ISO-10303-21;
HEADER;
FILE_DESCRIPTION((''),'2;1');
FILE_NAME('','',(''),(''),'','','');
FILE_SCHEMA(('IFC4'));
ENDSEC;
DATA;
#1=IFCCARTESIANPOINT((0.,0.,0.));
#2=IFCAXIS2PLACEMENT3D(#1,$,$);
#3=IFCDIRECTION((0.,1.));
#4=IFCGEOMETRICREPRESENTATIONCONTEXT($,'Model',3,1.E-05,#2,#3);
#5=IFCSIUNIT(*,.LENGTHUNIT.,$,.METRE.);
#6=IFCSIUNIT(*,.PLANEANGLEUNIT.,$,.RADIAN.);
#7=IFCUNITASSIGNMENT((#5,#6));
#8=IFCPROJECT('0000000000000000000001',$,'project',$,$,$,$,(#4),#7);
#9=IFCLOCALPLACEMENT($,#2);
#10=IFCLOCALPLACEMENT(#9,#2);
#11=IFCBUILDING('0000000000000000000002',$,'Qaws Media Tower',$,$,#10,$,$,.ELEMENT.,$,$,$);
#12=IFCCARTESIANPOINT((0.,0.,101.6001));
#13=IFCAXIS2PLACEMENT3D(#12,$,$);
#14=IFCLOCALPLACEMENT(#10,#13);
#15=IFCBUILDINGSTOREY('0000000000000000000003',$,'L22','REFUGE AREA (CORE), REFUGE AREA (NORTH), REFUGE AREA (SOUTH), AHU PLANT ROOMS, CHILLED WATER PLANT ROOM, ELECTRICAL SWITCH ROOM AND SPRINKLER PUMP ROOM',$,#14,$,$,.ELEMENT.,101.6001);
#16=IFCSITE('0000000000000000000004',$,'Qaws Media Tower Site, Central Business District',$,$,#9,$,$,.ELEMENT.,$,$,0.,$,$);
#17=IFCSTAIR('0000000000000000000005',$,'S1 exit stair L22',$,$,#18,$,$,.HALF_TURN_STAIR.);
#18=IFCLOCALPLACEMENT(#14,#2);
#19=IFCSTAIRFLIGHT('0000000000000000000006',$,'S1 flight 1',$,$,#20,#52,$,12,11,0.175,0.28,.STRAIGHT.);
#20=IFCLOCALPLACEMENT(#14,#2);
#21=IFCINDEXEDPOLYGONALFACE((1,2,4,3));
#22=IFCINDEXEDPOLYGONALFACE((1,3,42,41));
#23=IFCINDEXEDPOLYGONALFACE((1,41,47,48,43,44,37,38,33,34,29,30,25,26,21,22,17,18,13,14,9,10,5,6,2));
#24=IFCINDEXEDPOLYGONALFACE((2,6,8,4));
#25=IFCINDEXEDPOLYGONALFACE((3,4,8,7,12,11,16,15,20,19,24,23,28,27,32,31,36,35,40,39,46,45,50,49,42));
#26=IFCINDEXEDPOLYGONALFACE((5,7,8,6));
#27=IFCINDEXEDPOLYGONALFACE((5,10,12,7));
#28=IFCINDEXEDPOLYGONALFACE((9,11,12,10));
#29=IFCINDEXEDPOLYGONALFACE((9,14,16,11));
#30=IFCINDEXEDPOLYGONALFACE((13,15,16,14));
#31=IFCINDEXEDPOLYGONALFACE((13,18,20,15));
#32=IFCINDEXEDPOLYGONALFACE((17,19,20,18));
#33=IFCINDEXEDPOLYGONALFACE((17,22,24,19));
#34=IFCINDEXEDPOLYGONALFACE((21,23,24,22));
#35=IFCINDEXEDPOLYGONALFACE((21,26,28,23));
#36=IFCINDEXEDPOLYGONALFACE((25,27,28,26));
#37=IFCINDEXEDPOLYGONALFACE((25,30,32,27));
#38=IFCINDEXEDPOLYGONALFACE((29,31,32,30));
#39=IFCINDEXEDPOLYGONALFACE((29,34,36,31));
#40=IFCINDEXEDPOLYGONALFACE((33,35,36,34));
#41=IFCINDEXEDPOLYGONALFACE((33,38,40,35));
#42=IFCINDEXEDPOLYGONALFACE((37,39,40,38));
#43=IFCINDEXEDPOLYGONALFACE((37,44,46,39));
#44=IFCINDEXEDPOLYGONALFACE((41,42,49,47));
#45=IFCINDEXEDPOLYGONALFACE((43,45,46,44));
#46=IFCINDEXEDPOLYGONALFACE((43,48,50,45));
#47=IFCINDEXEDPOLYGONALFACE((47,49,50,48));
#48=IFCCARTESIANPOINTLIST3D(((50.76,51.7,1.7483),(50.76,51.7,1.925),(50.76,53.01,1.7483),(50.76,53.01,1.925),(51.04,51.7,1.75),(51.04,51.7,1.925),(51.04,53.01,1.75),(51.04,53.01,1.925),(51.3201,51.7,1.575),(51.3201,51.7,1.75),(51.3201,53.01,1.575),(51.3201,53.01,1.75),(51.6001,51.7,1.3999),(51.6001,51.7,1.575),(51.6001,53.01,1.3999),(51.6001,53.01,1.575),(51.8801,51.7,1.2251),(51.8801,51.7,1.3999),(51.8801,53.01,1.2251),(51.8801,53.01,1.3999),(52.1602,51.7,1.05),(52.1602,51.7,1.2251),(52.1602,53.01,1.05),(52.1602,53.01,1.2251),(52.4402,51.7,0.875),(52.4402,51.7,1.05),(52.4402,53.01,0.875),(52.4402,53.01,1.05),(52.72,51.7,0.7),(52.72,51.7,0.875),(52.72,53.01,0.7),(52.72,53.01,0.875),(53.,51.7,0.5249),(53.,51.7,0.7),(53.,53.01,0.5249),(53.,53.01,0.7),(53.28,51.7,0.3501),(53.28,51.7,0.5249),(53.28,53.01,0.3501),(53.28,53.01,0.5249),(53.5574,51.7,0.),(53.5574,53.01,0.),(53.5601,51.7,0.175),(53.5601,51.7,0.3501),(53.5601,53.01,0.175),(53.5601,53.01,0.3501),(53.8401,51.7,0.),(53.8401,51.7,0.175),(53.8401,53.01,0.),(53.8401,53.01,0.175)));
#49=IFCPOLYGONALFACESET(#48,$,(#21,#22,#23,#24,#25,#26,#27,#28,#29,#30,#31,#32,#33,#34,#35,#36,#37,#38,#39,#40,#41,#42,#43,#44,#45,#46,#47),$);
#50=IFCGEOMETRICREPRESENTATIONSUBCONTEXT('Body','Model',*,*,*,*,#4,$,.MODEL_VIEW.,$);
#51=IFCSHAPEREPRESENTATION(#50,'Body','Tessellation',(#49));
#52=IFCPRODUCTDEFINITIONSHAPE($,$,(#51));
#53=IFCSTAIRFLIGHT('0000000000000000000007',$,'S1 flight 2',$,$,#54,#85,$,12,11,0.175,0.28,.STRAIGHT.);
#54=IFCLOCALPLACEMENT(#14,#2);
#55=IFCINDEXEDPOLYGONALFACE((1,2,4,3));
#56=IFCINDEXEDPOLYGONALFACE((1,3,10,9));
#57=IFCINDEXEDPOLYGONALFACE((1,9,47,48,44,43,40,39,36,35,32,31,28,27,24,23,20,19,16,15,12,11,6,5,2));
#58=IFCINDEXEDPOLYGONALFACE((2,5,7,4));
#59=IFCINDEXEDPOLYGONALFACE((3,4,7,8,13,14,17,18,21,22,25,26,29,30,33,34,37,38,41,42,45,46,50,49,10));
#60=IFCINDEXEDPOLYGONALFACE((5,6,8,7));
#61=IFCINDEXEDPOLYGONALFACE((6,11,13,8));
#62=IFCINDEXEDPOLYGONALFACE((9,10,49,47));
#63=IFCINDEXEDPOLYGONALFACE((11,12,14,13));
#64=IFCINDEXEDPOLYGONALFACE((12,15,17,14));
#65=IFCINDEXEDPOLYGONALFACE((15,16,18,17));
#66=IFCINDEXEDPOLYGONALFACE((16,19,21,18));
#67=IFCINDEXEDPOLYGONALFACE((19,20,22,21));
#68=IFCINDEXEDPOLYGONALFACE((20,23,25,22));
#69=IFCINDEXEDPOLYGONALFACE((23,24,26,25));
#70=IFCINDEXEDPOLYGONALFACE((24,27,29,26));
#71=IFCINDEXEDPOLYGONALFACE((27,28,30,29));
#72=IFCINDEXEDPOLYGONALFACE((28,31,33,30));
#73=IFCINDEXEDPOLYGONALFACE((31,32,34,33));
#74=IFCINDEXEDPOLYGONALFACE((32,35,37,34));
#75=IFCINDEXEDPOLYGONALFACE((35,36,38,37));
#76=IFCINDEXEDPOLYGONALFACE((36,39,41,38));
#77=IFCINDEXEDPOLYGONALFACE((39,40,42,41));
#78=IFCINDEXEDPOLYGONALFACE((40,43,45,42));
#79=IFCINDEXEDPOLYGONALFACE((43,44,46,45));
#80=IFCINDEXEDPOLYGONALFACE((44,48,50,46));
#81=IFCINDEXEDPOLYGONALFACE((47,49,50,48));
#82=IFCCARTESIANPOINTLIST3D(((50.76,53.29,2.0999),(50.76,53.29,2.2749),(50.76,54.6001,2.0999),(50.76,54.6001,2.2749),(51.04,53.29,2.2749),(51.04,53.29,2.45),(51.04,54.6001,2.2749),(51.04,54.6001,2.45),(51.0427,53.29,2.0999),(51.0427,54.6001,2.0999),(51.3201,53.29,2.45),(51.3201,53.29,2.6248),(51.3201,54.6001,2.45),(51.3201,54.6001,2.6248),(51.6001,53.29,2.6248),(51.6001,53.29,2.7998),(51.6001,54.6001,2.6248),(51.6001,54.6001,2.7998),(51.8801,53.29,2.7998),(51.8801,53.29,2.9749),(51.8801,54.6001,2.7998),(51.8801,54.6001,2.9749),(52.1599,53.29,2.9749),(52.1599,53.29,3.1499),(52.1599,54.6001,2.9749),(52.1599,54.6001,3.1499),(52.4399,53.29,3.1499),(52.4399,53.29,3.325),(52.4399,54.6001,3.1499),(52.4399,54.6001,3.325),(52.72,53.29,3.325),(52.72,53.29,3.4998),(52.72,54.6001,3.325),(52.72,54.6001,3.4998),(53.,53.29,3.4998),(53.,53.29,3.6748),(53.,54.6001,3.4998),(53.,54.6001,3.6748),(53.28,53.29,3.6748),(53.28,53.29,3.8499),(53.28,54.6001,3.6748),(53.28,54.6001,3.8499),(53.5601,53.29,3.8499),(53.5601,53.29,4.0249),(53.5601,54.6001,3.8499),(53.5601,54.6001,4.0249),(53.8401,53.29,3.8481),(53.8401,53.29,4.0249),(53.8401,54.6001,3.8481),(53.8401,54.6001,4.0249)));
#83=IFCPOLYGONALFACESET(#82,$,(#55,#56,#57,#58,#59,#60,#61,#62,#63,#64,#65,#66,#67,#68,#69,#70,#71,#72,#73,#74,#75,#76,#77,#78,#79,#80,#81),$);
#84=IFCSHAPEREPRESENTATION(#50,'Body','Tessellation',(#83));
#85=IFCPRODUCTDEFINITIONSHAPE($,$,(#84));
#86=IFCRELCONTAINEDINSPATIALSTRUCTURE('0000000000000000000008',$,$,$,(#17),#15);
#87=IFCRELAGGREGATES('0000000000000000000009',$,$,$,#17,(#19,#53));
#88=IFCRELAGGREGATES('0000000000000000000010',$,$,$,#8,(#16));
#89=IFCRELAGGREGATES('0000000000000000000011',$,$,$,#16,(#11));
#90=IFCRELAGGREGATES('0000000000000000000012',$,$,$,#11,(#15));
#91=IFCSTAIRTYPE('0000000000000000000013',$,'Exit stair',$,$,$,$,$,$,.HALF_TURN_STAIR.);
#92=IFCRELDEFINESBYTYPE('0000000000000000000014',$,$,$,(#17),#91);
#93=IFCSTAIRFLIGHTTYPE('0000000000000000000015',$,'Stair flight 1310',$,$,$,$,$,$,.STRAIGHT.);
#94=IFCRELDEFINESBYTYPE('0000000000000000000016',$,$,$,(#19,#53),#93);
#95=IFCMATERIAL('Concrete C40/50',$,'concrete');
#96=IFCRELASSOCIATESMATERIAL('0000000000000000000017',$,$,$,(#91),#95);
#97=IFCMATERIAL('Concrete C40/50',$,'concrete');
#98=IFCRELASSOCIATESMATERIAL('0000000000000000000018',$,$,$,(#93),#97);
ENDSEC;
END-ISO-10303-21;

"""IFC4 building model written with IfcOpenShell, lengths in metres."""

from ifc_helpers import new_model, si_unit, direction, frame, origin, place, context, subcontext, project, spatial, polyline, outline, extrude, material, type_object, element, aggregate, save


model = new_model("IFC4")

# Units and contexts
model_context = context("Model", 3, precision=1e-05, world=origin(), true_north=direction((0.0, 1.0)))
body_context = subcontext(model_context, "Body", "Model", "MODEL_VIEW")
ifc_project = project(units=[si_unit("LENGTHUNIT", "METRE"), si_unit("PLANEANGLEUNIT", "RADIAN")], contexts=[model_context])

# Site, building, storey
site_placement = place(None, origin())
site = spatial("IfcSite", under=ifc_project, at=site_placement, Name="Qaws Media Tower Site, Central Business District", CompositionType="ELEMENT", RefElevation=0.0)
building_placement = place(site_placement, origin())
building = spatial("IfcBuilding", under=site, at=building_placement, Name="Qaws Media Tower", CompositionType="ELEMENT")
storey_placement = place(building_placement, frame((0.0, 0.0, 101.6001)))
storey = spatial("IfcBuildingStorey", under=building, at=storey_placement, Name="L22", Description="REFUGE AREA (CORE), REFUGE AREA (NORTH), REFUGE AREA (SOUTH), AHU PLANT ROOMS, CHILLED WATER PLANT ROOM, ELECTRICAL SWITCH ROOM AND SPRINKLER PUMP ROOM", CompositionType="ELEMENT", Elevation=101.6001)

# Stair, stair flights
ifc_material_1 = material(Name="Concrete C40/50", Category="concrete")
stair_type = type_object("IfcStairType", Name="Exit stair", PredefinedType="HALF_TURN_STAIR", material=ifc_material_1)
stair_placement = place(storey_placement, origin())
stair = element("IfcStair", 1, at=stair_placement, inside=storey, type_object=stair_type, Name="S1 exit stair L22", PredefinedType="HALF_TURN_STAIR")
ifc_material_2 = material(Name="Concrete C40/50", Category="concrete")
stair_flight_type = type_object("IfcStairFlightType", Name="Stair flight 1310", PredefinedType="STRAIGHT", material=ifc_material_2)
stair_flight_1_placement = place(storey_placement, frame((53.8401, 52.355, 0.0), z_axis=(0.0, 0.0, 1.0), x_axis=(-1.0, 0.0, 0.0)))
stair_flight_1 = element("IfcStairFlight", 2, at=stair_flight_1_placement, type_object=stair_flight_type, Name="S1 flight 1", NumberOfRisers=12, NumberOfTreads=11, PredefinedType="STRAIGHT", RiserHeight=0.175, TreadLength=0.28, context=body_context, shape_type="SweptSolid", body=[
    extrude(outline(polyline([(0.0, 0.0), (0.0, 0.175), (0.28, 0.175), (0.28, 0.3501), (0.5601, 0.3501), (0.5601, 0.5249), (0.8401, 0.5249), (0.8401, 0.7), (1.1201, 0.7), (1.1201, 0.875), (1.3999, 0.875), (1.3999, 1.05), (1.6799, 1.05), (1.6799, 1.2251), (1.96, 1.2251), (1.96, 1.3999), (2.24, 1.3999), (2.24, 1.575), (2.52, 1.575), (2.52, 1.75), (2.8, 1.75), (2.8, 1.925), (3.0801, 1.925), (3.0801, 2.1001), (3.0801, 1.7483), (0.2827, 0.0), (0.0, 0.0)])), frame((0.0, 0.655, 0.0), z_axis=(0.0, -1.0, 0.0), x_axis=(1.0, 0.0, 0.0)), (0.0, 0.0, 1.0), 1.3101),
])
stair_flight_2_placement = place(storey_placement, frame((50.76, 53.9451, 2.0999), z_axis=(0.0, 0.0, 1.0), x_axis=(1.0, 0.0, 0.0)))
stair_flight_2 = element("IfcStairFlight", 3, at=stair_flight_2_placement, type_object=stair_flight_type, Name="S1 flight 2", NumberOfRisers=12, NumberOfTreads=11, PredefinedType="STRAIGHT", RiserHeight=0.175, TreadLength=0.28, context=body_context, shape_type="SweptSolid", body=[
    extrude(outline(polyline([(0.0, 0.0), (0.0, 0.175), (0.28, 0.175), (0.28, 0.3501), (0.5601, 0.3501), (0.5601, 0.5249), (0.8401, 0.5249), (0.8401, 0.7), (1.1201, 0.7), (1.1201, 0.875), (1.3999, 0.875), (1.3999, 1.05), (1.6799, 1.05), (1.6799, 1.2251), (1.96, 1.2251), (1.96, 1.3999), (2.24, 1.3999), (2.24, 1.575), (2.52, 1.575), (2.52, 1.75), (2.8, 1.75), (2.8, 1.925), (3.0801, 1.925), (3.0801, 2.1001), (3.0801, 1.7483), (0.2827, 0.0), (0.0, 0.0)])), frame((0.0, 0.655, 0.0), z_axis=(0.0, -1.0, 0.0), x_axis=(1.0, 0.0, 0.0)), (0.0, 0.0, 1.0), 1.3101),
])
aggregate(stair, [stair_flight_1, stair_flight_2])

save(model, "model.ifc")
